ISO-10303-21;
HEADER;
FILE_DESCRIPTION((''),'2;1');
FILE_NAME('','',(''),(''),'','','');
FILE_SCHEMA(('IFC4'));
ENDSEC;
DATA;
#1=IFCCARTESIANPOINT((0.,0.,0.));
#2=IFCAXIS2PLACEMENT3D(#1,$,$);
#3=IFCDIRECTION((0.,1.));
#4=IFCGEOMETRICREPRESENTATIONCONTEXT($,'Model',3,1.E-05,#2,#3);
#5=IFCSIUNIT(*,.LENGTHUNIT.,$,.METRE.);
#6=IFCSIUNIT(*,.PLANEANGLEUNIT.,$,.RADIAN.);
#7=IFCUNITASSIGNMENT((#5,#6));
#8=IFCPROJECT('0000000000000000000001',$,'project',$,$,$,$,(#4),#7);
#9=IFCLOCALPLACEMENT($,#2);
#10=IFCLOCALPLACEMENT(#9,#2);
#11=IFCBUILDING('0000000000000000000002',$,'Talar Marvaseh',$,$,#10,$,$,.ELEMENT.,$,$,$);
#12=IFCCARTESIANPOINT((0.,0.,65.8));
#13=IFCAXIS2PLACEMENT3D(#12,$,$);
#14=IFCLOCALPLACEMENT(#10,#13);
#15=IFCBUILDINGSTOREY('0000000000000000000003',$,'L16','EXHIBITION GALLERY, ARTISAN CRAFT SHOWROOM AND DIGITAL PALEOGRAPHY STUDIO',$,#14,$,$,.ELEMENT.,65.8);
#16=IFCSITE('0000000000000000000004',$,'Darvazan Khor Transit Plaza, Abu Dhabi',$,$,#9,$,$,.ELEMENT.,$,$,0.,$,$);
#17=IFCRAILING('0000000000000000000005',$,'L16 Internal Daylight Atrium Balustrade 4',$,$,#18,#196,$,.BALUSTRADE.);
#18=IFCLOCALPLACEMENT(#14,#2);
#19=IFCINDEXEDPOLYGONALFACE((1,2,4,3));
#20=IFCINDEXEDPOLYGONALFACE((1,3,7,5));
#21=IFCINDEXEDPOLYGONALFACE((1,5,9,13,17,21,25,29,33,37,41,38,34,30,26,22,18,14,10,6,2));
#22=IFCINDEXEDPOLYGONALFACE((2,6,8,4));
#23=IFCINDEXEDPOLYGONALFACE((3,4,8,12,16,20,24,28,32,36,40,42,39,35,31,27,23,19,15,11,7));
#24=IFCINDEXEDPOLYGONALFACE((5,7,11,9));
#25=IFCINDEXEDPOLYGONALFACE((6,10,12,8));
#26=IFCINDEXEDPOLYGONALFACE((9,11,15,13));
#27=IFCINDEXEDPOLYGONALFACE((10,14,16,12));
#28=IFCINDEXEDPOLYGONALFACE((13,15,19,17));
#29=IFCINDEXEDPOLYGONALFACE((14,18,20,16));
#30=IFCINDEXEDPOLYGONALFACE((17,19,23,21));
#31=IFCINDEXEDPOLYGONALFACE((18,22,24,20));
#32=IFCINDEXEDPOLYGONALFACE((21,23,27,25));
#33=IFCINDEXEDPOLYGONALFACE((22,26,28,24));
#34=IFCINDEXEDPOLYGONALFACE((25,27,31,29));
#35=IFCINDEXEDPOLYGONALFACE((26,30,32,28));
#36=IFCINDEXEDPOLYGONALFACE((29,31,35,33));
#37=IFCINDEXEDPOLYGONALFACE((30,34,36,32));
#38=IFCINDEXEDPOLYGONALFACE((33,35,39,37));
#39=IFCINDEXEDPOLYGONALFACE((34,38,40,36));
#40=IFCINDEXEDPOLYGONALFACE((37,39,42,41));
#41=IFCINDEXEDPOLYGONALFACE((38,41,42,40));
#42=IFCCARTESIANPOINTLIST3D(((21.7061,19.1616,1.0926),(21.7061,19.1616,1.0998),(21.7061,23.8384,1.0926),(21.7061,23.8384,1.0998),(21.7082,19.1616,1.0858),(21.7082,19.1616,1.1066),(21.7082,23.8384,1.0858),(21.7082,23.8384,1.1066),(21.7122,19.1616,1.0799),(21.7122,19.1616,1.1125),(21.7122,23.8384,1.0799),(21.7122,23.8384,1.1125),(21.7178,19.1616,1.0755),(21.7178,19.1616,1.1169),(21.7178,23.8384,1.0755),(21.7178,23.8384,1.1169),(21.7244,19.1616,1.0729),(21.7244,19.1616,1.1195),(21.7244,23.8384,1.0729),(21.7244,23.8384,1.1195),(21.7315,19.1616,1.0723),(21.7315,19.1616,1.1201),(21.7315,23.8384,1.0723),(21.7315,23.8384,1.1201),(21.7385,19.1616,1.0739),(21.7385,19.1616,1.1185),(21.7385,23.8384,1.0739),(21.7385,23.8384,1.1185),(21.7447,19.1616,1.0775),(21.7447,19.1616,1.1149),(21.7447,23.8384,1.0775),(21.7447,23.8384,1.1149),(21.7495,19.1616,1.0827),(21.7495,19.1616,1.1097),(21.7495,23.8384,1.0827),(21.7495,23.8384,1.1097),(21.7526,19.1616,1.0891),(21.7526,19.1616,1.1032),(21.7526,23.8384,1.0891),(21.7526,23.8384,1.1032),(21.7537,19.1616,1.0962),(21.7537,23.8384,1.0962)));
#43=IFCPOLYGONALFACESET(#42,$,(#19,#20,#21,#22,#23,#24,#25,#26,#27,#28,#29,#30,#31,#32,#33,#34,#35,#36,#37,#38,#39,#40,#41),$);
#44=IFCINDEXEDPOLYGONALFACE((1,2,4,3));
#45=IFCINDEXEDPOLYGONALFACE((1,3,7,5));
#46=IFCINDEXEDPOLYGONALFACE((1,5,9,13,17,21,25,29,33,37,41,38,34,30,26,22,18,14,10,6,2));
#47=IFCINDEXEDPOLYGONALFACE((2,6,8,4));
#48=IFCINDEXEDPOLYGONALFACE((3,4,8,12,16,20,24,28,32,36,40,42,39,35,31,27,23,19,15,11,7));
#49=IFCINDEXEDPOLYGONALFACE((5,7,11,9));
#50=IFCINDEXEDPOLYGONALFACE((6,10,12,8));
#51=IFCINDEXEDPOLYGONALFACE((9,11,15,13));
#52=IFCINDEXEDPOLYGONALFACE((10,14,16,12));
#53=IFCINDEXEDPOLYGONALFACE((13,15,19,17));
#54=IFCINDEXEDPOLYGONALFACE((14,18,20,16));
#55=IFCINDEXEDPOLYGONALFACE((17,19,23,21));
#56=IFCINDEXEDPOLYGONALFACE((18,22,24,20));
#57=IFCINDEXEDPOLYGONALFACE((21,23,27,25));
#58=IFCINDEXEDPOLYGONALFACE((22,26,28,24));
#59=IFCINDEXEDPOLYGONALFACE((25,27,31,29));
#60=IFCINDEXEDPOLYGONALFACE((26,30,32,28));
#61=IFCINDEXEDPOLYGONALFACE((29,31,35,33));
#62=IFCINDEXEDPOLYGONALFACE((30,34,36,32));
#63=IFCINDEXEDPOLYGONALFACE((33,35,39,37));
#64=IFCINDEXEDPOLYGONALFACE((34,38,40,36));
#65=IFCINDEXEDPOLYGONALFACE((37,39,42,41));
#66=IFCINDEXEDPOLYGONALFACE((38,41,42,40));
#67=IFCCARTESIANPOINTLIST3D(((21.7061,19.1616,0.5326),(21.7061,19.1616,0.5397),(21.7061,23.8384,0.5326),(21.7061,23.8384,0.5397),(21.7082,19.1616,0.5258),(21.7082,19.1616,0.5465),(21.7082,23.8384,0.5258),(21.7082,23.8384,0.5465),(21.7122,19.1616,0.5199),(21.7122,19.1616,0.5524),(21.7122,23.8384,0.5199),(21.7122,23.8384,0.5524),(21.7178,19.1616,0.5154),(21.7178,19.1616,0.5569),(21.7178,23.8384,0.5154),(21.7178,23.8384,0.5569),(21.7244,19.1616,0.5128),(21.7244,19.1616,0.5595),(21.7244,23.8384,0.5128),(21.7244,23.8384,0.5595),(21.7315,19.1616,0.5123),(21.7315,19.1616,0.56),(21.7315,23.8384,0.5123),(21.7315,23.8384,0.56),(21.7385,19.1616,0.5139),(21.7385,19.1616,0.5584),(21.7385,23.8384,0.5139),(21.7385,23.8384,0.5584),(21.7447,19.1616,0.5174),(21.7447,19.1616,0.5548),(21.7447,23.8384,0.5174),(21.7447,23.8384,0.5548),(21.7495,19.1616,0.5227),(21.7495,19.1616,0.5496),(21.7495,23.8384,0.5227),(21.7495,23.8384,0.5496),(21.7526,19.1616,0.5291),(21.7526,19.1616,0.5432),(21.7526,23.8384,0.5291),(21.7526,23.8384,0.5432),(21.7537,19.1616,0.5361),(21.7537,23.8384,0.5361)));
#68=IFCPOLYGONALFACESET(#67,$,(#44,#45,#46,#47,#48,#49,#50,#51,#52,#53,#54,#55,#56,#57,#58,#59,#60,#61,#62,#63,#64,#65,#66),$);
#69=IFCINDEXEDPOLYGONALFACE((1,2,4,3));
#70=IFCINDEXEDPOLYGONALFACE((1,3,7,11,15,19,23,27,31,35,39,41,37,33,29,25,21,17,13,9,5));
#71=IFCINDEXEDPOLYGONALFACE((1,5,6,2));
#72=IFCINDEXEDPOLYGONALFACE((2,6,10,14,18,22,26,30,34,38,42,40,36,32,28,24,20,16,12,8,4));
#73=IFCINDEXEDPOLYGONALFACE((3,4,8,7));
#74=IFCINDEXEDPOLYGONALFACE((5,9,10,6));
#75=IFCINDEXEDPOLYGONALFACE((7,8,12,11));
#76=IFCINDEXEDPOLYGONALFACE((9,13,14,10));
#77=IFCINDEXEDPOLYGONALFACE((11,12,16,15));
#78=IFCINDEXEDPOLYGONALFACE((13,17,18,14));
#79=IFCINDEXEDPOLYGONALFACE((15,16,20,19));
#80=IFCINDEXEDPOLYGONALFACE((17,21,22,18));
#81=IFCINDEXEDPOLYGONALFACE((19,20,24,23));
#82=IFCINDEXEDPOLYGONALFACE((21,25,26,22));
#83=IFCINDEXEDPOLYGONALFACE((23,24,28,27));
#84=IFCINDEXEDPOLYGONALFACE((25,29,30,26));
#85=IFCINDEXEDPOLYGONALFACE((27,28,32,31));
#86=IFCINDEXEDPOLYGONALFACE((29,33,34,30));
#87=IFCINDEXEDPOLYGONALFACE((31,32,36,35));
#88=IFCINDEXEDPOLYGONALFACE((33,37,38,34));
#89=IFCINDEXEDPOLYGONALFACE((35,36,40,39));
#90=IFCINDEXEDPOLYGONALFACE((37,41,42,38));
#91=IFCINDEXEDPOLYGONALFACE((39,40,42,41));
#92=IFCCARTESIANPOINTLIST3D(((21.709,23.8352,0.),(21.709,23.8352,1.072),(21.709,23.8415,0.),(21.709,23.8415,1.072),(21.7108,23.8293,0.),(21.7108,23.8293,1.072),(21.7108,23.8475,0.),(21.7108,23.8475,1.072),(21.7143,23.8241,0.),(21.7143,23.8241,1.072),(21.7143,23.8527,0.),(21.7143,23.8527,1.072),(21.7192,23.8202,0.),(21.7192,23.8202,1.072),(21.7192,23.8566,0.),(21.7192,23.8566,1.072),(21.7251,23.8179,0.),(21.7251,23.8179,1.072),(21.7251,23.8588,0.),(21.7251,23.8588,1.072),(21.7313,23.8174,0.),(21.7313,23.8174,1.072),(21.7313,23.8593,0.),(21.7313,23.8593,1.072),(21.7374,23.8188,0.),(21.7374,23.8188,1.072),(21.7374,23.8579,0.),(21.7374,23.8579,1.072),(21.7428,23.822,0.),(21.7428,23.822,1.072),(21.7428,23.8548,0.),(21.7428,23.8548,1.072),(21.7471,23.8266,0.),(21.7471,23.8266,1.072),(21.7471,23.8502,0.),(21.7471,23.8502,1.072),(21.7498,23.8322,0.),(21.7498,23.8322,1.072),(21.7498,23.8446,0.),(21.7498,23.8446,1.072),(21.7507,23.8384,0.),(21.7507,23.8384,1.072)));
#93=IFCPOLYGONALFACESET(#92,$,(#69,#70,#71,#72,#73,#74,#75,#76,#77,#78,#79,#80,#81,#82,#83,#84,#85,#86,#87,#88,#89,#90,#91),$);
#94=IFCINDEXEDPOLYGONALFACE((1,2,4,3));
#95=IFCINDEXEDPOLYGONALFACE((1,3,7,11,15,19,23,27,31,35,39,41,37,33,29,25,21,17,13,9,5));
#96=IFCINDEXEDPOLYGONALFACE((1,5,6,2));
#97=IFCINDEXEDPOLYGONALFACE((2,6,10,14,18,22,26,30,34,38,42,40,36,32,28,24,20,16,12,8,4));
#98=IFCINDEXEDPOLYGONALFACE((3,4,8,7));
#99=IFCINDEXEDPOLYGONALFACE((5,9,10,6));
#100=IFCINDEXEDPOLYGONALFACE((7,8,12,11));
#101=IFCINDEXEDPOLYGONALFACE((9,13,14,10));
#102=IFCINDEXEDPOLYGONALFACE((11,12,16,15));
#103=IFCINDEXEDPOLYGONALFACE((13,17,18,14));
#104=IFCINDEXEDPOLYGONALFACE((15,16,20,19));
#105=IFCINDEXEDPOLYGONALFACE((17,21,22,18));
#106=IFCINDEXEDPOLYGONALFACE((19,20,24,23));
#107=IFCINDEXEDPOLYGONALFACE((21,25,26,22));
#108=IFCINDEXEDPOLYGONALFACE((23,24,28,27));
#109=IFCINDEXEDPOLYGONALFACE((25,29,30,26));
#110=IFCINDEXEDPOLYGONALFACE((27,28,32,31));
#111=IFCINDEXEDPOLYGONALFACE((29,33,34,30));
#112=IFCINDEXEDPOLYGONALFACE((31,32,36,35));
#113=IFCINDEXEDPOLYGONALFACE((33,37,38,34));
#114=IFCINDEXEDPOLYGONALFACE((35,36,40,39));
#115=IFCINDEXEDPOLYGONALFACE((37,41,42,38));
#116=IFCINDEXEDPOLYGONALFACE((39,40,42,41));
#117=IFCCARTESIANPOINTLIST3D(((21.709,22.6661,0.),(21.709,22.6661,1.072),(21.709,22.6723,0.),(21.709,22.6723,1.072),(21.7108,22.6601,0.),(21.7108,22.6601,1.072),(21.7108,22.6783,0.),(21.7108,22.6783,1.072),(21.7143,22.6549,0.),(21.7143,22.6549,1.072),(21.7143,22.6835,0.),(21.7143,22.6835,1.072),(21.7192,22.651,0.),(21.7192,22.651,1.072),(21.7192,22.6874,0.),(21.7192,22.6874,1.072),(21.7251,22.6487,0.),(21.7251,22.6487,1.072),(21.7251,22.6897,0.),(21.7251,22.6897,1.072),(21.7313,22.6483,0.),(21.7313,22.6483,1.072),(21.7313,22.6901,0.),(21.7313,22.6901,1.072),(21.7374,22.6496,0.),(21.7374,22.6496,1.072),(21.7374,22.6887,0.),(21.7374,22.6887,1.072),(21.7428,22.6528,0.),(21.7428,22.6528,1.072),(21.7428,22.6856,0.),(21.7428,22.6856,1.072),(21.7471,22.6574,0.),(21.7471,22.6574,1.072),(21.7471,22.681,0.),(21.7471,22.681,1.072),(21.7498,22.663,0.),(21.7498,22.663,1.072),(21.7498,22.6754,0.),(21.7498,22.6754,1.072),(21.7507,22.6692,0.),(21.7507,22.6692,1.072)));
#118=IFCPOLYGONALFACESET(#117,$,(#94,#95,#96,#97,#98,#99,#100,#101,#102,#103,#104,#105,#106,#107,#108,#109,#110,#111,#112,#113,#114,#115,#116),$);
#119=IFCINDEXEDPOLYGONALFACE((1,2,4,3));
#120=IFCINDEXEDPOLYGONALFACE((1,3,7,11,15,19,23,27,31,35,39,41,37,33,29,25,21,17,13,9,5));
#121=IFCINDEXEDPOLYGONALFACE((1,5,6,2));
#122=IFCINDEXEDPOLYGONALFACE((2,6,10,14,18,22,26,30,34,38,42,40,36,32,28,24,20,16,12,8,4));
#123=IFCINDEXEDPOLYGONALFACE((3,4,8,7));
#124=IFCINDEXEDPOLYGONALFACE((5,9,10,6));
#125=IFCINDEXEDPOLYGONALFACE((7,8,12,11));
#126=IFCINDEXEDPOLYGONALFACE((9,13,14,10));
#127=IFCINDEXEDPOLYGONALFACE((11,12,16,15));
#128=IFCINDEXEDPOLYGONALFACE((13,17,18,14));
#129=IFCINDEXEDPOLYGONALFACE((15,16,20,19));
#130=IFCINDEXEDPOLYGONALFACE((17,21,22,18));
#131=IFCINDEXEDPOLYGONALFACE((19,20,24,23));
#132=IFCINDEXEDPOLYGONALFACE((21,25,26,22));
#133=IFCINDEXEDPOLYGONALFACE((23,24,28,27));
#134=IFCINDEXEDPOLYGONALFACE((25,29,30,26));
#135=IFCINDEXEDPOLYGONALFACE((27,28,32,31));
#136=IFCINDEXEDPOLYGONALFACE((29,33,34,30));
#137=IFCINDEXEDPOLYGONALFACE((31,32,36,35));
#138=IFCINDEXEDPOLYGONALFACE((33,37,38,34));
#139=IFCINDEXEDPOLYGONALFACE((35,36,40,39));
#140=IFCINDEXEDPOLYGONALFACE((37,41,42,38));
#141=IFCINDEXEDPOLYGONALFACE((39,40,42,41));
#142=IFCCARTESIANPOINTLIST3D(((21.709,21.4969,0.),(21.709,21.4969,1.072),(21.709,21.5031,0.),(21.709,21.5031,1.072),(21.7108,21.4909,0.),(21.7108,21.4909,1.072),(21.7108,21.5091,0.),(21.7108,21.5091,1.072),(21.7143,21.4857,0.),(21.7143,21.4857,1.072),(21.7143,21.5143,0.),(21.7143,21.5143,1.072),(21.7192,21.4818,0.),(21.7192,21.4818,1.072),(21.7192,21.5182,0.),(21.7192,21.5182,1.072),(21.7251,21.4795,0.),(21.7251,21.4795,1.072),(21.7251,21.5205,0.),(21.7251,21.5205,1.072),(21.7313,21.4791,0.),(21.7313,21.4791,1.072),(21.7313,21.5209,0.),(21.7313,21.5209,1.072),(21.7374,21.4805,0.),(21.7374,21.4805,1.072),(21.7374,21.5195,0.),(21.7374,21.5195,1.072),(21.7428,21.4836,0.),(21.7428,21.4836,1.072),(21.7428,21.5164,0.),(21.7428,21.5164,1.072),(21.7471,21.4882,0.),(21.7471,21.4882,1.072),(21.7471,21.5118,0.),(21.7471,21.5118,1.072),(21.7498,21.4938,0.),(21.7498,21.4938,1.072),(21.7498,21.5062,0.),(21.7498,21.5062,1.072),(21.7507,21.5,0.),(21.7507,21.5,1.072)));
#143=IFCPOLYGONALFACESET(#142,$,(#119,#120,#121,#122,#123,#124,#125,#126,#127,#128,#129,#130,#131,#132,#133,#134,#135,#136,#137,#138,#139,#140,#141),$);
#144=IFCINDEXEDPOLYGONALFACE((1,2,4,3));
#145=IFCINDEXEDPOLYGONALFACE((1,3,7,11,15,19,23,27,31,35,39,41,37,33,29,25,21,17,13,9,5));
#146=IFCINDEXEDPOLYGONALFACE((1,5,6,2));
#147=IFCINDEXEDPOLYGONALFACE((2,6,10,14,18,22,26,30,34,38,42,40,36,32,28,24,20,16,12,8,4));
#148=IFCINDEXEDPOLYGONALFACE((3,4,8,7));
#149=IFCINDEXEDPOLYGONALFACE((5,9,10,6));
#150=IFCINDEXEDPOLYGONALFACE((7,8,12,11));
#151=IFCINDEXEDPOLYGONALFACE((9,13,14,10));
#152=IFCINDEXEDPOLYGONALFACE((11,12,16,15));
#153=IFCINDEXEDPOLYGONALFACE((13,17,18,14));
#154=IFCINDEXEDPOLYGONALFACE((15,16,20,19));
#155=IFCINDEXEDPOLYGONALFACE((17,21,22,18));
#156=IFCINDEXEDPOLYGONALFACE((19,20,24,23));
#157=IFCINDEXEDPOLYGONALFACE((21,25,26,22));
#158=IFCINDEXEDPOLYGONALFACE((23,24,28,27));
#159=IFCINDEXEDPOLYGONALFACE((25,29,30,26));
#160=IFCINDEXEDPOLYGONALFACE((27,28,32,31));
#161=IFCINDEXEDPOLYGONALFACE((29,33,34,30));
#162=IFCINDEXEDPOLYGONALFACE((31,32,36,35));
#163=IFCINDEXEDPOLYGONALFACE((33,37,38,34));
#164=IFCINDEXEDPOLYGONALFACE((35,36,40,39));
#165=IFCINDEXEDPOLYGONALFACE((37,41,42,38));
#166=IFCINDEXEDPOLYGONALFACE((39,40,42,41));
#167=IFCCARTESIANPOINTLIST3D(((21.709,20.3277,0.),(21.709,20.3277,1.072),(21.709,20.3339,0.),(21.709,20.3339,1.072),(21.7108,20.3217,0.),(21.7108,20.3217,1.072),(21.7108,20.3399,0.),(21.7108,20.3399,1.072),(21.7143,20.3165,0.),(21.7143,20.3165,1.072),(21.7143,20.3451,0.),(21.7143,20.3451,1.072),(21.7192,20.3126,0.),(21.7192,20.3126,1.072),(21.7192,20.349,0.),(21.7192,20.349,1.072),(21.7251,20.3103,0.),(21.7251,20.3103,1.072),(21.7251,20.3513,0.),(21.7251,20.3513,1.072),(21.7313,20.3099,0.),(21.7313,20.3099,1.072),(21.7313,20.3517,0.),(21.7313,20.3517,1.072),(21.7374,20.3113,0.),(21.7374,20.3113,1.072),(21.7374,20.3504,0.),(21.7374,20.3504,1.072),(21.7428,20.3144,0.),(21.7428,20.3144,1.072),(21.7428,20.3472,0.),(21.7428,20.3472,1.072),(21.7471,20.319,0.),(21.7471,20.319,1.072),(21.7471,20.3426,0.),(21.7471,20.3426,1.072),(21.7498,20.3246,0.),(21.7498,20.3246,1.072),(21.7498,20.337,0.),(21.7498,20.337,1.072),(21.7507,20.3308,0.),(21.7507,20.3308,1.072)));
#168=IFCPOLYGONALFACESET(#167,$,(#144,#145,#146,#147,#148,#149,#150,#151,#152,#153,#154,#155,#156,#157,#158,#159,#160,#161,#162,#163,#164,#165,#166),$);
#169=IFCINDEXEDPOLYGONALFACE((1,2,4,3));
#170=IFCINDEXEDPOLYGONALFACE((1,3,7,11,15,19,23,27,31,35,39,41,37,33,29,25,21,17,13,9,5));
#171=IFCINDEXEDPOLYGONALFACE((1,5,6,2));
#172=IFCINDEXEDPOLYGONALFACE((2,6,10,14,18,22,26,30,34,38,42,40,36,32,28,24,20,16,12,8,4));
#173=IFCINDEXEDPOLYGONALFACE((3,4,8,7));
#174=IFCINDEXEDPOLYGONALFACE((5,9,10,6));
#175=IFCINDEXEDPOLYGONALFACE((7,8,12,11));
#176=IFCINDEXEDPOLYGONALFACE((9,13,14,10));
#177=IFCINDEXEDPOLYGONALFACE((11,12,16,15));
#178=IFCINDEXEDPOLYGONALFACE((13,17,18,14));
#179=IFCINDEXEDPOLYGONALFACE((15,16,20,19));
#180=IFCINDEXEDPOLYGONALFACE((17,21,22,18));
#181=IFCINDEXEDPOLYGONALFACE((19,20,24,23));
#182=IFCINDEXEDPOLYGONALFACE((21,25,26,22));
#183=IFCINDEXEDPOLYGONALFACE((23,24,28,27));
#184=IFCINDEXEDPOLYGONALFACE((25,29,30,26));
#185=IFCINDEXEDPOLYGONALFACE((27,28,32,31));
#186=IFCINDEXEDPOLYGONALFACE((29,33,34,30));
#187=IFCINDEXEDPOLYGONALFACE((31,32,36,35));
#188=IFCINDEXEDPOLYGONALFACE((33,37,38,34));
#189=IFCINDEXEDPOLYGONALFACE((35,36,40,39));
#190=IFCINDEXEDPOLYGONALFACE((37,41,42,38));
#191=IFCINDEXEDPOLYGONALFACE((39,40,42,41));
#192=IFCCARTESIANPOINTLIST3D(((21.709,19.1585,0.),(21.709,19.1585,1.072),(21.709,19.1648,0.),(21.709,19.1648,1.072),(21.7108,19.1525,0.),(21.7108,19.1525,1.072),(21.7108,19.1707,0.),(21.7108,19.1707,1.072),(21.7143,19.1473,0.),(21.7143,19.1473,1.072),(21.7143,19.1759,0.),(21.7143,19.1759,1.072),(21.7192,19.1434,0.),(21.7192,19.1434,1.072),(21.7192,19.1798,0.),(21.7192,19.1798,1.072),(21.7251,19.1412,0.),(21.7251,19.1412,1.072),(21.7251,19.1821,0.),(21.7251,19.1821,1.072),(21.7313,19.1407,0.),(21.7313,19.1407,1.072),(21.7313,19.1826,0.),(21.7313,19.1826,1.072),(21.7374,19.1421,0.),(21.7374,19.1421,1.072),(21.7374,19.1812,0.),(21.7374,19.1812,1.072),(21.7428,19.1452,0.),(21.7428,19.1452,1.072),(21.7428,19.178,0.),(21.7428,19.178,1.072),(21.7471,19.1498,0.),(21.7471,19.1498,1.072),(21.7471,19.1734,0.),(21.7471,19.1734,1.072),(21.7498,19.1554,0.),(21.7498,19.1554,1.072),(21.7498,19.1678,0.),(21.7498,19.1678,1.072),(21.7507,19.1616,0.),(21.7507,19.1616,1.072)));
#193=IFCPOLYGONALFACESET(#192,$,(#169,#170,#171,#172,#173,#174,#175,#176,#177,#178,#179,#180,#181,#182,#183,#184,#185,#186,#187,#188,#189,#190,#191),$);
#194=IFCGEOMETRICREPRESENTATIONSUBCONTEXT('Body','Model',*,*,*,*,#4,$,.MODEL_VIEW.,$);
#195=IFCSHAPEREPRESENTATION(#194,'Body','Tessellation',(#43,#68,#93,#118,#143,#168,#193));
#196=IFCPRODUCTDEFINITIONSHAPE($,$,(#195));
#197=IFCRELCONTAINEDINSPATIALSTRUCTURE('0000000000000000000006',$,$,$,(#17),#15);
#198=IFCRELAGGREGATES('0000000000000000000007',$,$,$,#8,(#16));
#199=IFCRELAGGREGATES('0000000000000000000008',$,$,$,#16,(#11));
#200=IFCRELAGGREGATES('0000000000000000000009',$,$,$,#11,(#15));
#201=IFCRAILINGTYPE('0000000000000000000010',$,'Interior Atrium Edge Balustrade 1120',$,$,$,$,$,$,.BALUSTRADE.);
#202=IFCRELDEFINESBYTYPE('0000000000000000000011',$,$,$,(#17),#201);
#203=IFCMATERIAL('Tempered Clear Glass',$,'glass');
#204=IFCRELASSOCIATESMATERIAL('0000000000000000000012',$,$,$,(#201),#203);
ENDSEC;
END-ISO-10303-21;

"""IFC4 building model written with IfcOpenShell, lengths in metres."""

from ifc_helpers import new_model, si_unit, direction, frame, origin, origin_2d, place, context, subcontext, project, spatial, circle, extrude, material, type_object, element, save


model = new_model("IFC4")

# Units and contexts
model_context = context("Model", 3, precision=1e-05, world=origin(), true_north=direction((0.0, 1.0)))
body_context = subcontext(model_context, "Body", "Model", "MODEL_VIEW")
ifc_project = project(units=[si_unit("LENGTHUNIT", "METRE"), si_unit("PLANEANGLEUNIT", "RADIAN")], contexts=[model_context])

# Site, building, storey
site_placement = place(None, origin())
site = spatial("IfcSite", under=ifc_project, at=site_placement, Name="Darvazan Khor Transit Plaza, Abu Dhabi", CompositionType="ELEMENT", RefElevation=0.0)
building_placement = place(site_placement, origin())
building = spatial("IfcBuilding", under=site, at=building_placement, Name="Talar Marvaseh", CompositionType="ELEMENT")
storey_placement = place(building_placement, frame((0.0, 0.0, 65.8)))
storey = spatial("IfcBuildingStorey", under=building, at=storey_placement, Name="L16", Description="EXHIBITION GALLERY, ARTISAN CRAFT SHOWROOM AND DIGITAL PALEOGRAPHY STUDIO", CompositionType="ELEMENT", Elevation=65.8)

# Railing
ifc_material_1 = material(Name="Tempered Clear Glass", Category="glass")
railing_type_1 = type_object("IfcRailingType", Name="Interior Atrium Edge Balustrade 1120", PredefinedType="BALUSTRADE", material=ifc_material_1)
railing_1_placement = place(storey_placement, frame((21.7297, 23.8384, 0.0)))
element("IfcRailing", 1, at=railing_1_placement, inside=storey, type_object=railing_type_1, Name="L16 Internal Daylight Atrium Balustrade 4", PredefinedType="BALUSTRADE", context=body_context, shape_type="SweptSolid", body=[
    extrude(circle(Radius=0.0239, at=origin_2d()), frame((0.0, 0.0, 1.0962), z_axis=(0.0, -1.0, 0.0), x_axis=(1.0, 0.0, 0.0)), (0.0, 0.0, 1.0), 4.6768),
    extrude(circle(Radius=0.0239, at=origin_2d()), frame((0.0, 0.0, 0.5361), z_axis=(0.0, -1.0, 0.0), x_axis=(1.0, 0.0, 0.0)), (0.0, 0.0, 1.0), 4.6768),
    extrude(circle(Radius=0.021, at=origin_2d()), origin(), (0.0, 0.0, 1.0), 1.072),
    extrude(circle(Radius=0.021, at=origin_2d()), frame((0.0, -1.1692, 0.0)), (0.0, 0.0, 1.0), 1.072),
    extrude(circle(Radius=0.021, at=origin_2d()), frame((0.0, -2.3384, 0.0)), (0.0, 0.0, 1.0), 1.072),
    extrude(circle(Radius=0.021, at=origin_2d()), frame((0.0, -3.5076, 0.0)), (0.0, 0.0, 1.0), 1.072),
    extrude(circle(Radius=0.021, at=origin_2d()), frame((0.0, -4.6768, 0.0)), (0.0, 0.0, 1.0), 1.072),
])

save(model, "model.ifc")
